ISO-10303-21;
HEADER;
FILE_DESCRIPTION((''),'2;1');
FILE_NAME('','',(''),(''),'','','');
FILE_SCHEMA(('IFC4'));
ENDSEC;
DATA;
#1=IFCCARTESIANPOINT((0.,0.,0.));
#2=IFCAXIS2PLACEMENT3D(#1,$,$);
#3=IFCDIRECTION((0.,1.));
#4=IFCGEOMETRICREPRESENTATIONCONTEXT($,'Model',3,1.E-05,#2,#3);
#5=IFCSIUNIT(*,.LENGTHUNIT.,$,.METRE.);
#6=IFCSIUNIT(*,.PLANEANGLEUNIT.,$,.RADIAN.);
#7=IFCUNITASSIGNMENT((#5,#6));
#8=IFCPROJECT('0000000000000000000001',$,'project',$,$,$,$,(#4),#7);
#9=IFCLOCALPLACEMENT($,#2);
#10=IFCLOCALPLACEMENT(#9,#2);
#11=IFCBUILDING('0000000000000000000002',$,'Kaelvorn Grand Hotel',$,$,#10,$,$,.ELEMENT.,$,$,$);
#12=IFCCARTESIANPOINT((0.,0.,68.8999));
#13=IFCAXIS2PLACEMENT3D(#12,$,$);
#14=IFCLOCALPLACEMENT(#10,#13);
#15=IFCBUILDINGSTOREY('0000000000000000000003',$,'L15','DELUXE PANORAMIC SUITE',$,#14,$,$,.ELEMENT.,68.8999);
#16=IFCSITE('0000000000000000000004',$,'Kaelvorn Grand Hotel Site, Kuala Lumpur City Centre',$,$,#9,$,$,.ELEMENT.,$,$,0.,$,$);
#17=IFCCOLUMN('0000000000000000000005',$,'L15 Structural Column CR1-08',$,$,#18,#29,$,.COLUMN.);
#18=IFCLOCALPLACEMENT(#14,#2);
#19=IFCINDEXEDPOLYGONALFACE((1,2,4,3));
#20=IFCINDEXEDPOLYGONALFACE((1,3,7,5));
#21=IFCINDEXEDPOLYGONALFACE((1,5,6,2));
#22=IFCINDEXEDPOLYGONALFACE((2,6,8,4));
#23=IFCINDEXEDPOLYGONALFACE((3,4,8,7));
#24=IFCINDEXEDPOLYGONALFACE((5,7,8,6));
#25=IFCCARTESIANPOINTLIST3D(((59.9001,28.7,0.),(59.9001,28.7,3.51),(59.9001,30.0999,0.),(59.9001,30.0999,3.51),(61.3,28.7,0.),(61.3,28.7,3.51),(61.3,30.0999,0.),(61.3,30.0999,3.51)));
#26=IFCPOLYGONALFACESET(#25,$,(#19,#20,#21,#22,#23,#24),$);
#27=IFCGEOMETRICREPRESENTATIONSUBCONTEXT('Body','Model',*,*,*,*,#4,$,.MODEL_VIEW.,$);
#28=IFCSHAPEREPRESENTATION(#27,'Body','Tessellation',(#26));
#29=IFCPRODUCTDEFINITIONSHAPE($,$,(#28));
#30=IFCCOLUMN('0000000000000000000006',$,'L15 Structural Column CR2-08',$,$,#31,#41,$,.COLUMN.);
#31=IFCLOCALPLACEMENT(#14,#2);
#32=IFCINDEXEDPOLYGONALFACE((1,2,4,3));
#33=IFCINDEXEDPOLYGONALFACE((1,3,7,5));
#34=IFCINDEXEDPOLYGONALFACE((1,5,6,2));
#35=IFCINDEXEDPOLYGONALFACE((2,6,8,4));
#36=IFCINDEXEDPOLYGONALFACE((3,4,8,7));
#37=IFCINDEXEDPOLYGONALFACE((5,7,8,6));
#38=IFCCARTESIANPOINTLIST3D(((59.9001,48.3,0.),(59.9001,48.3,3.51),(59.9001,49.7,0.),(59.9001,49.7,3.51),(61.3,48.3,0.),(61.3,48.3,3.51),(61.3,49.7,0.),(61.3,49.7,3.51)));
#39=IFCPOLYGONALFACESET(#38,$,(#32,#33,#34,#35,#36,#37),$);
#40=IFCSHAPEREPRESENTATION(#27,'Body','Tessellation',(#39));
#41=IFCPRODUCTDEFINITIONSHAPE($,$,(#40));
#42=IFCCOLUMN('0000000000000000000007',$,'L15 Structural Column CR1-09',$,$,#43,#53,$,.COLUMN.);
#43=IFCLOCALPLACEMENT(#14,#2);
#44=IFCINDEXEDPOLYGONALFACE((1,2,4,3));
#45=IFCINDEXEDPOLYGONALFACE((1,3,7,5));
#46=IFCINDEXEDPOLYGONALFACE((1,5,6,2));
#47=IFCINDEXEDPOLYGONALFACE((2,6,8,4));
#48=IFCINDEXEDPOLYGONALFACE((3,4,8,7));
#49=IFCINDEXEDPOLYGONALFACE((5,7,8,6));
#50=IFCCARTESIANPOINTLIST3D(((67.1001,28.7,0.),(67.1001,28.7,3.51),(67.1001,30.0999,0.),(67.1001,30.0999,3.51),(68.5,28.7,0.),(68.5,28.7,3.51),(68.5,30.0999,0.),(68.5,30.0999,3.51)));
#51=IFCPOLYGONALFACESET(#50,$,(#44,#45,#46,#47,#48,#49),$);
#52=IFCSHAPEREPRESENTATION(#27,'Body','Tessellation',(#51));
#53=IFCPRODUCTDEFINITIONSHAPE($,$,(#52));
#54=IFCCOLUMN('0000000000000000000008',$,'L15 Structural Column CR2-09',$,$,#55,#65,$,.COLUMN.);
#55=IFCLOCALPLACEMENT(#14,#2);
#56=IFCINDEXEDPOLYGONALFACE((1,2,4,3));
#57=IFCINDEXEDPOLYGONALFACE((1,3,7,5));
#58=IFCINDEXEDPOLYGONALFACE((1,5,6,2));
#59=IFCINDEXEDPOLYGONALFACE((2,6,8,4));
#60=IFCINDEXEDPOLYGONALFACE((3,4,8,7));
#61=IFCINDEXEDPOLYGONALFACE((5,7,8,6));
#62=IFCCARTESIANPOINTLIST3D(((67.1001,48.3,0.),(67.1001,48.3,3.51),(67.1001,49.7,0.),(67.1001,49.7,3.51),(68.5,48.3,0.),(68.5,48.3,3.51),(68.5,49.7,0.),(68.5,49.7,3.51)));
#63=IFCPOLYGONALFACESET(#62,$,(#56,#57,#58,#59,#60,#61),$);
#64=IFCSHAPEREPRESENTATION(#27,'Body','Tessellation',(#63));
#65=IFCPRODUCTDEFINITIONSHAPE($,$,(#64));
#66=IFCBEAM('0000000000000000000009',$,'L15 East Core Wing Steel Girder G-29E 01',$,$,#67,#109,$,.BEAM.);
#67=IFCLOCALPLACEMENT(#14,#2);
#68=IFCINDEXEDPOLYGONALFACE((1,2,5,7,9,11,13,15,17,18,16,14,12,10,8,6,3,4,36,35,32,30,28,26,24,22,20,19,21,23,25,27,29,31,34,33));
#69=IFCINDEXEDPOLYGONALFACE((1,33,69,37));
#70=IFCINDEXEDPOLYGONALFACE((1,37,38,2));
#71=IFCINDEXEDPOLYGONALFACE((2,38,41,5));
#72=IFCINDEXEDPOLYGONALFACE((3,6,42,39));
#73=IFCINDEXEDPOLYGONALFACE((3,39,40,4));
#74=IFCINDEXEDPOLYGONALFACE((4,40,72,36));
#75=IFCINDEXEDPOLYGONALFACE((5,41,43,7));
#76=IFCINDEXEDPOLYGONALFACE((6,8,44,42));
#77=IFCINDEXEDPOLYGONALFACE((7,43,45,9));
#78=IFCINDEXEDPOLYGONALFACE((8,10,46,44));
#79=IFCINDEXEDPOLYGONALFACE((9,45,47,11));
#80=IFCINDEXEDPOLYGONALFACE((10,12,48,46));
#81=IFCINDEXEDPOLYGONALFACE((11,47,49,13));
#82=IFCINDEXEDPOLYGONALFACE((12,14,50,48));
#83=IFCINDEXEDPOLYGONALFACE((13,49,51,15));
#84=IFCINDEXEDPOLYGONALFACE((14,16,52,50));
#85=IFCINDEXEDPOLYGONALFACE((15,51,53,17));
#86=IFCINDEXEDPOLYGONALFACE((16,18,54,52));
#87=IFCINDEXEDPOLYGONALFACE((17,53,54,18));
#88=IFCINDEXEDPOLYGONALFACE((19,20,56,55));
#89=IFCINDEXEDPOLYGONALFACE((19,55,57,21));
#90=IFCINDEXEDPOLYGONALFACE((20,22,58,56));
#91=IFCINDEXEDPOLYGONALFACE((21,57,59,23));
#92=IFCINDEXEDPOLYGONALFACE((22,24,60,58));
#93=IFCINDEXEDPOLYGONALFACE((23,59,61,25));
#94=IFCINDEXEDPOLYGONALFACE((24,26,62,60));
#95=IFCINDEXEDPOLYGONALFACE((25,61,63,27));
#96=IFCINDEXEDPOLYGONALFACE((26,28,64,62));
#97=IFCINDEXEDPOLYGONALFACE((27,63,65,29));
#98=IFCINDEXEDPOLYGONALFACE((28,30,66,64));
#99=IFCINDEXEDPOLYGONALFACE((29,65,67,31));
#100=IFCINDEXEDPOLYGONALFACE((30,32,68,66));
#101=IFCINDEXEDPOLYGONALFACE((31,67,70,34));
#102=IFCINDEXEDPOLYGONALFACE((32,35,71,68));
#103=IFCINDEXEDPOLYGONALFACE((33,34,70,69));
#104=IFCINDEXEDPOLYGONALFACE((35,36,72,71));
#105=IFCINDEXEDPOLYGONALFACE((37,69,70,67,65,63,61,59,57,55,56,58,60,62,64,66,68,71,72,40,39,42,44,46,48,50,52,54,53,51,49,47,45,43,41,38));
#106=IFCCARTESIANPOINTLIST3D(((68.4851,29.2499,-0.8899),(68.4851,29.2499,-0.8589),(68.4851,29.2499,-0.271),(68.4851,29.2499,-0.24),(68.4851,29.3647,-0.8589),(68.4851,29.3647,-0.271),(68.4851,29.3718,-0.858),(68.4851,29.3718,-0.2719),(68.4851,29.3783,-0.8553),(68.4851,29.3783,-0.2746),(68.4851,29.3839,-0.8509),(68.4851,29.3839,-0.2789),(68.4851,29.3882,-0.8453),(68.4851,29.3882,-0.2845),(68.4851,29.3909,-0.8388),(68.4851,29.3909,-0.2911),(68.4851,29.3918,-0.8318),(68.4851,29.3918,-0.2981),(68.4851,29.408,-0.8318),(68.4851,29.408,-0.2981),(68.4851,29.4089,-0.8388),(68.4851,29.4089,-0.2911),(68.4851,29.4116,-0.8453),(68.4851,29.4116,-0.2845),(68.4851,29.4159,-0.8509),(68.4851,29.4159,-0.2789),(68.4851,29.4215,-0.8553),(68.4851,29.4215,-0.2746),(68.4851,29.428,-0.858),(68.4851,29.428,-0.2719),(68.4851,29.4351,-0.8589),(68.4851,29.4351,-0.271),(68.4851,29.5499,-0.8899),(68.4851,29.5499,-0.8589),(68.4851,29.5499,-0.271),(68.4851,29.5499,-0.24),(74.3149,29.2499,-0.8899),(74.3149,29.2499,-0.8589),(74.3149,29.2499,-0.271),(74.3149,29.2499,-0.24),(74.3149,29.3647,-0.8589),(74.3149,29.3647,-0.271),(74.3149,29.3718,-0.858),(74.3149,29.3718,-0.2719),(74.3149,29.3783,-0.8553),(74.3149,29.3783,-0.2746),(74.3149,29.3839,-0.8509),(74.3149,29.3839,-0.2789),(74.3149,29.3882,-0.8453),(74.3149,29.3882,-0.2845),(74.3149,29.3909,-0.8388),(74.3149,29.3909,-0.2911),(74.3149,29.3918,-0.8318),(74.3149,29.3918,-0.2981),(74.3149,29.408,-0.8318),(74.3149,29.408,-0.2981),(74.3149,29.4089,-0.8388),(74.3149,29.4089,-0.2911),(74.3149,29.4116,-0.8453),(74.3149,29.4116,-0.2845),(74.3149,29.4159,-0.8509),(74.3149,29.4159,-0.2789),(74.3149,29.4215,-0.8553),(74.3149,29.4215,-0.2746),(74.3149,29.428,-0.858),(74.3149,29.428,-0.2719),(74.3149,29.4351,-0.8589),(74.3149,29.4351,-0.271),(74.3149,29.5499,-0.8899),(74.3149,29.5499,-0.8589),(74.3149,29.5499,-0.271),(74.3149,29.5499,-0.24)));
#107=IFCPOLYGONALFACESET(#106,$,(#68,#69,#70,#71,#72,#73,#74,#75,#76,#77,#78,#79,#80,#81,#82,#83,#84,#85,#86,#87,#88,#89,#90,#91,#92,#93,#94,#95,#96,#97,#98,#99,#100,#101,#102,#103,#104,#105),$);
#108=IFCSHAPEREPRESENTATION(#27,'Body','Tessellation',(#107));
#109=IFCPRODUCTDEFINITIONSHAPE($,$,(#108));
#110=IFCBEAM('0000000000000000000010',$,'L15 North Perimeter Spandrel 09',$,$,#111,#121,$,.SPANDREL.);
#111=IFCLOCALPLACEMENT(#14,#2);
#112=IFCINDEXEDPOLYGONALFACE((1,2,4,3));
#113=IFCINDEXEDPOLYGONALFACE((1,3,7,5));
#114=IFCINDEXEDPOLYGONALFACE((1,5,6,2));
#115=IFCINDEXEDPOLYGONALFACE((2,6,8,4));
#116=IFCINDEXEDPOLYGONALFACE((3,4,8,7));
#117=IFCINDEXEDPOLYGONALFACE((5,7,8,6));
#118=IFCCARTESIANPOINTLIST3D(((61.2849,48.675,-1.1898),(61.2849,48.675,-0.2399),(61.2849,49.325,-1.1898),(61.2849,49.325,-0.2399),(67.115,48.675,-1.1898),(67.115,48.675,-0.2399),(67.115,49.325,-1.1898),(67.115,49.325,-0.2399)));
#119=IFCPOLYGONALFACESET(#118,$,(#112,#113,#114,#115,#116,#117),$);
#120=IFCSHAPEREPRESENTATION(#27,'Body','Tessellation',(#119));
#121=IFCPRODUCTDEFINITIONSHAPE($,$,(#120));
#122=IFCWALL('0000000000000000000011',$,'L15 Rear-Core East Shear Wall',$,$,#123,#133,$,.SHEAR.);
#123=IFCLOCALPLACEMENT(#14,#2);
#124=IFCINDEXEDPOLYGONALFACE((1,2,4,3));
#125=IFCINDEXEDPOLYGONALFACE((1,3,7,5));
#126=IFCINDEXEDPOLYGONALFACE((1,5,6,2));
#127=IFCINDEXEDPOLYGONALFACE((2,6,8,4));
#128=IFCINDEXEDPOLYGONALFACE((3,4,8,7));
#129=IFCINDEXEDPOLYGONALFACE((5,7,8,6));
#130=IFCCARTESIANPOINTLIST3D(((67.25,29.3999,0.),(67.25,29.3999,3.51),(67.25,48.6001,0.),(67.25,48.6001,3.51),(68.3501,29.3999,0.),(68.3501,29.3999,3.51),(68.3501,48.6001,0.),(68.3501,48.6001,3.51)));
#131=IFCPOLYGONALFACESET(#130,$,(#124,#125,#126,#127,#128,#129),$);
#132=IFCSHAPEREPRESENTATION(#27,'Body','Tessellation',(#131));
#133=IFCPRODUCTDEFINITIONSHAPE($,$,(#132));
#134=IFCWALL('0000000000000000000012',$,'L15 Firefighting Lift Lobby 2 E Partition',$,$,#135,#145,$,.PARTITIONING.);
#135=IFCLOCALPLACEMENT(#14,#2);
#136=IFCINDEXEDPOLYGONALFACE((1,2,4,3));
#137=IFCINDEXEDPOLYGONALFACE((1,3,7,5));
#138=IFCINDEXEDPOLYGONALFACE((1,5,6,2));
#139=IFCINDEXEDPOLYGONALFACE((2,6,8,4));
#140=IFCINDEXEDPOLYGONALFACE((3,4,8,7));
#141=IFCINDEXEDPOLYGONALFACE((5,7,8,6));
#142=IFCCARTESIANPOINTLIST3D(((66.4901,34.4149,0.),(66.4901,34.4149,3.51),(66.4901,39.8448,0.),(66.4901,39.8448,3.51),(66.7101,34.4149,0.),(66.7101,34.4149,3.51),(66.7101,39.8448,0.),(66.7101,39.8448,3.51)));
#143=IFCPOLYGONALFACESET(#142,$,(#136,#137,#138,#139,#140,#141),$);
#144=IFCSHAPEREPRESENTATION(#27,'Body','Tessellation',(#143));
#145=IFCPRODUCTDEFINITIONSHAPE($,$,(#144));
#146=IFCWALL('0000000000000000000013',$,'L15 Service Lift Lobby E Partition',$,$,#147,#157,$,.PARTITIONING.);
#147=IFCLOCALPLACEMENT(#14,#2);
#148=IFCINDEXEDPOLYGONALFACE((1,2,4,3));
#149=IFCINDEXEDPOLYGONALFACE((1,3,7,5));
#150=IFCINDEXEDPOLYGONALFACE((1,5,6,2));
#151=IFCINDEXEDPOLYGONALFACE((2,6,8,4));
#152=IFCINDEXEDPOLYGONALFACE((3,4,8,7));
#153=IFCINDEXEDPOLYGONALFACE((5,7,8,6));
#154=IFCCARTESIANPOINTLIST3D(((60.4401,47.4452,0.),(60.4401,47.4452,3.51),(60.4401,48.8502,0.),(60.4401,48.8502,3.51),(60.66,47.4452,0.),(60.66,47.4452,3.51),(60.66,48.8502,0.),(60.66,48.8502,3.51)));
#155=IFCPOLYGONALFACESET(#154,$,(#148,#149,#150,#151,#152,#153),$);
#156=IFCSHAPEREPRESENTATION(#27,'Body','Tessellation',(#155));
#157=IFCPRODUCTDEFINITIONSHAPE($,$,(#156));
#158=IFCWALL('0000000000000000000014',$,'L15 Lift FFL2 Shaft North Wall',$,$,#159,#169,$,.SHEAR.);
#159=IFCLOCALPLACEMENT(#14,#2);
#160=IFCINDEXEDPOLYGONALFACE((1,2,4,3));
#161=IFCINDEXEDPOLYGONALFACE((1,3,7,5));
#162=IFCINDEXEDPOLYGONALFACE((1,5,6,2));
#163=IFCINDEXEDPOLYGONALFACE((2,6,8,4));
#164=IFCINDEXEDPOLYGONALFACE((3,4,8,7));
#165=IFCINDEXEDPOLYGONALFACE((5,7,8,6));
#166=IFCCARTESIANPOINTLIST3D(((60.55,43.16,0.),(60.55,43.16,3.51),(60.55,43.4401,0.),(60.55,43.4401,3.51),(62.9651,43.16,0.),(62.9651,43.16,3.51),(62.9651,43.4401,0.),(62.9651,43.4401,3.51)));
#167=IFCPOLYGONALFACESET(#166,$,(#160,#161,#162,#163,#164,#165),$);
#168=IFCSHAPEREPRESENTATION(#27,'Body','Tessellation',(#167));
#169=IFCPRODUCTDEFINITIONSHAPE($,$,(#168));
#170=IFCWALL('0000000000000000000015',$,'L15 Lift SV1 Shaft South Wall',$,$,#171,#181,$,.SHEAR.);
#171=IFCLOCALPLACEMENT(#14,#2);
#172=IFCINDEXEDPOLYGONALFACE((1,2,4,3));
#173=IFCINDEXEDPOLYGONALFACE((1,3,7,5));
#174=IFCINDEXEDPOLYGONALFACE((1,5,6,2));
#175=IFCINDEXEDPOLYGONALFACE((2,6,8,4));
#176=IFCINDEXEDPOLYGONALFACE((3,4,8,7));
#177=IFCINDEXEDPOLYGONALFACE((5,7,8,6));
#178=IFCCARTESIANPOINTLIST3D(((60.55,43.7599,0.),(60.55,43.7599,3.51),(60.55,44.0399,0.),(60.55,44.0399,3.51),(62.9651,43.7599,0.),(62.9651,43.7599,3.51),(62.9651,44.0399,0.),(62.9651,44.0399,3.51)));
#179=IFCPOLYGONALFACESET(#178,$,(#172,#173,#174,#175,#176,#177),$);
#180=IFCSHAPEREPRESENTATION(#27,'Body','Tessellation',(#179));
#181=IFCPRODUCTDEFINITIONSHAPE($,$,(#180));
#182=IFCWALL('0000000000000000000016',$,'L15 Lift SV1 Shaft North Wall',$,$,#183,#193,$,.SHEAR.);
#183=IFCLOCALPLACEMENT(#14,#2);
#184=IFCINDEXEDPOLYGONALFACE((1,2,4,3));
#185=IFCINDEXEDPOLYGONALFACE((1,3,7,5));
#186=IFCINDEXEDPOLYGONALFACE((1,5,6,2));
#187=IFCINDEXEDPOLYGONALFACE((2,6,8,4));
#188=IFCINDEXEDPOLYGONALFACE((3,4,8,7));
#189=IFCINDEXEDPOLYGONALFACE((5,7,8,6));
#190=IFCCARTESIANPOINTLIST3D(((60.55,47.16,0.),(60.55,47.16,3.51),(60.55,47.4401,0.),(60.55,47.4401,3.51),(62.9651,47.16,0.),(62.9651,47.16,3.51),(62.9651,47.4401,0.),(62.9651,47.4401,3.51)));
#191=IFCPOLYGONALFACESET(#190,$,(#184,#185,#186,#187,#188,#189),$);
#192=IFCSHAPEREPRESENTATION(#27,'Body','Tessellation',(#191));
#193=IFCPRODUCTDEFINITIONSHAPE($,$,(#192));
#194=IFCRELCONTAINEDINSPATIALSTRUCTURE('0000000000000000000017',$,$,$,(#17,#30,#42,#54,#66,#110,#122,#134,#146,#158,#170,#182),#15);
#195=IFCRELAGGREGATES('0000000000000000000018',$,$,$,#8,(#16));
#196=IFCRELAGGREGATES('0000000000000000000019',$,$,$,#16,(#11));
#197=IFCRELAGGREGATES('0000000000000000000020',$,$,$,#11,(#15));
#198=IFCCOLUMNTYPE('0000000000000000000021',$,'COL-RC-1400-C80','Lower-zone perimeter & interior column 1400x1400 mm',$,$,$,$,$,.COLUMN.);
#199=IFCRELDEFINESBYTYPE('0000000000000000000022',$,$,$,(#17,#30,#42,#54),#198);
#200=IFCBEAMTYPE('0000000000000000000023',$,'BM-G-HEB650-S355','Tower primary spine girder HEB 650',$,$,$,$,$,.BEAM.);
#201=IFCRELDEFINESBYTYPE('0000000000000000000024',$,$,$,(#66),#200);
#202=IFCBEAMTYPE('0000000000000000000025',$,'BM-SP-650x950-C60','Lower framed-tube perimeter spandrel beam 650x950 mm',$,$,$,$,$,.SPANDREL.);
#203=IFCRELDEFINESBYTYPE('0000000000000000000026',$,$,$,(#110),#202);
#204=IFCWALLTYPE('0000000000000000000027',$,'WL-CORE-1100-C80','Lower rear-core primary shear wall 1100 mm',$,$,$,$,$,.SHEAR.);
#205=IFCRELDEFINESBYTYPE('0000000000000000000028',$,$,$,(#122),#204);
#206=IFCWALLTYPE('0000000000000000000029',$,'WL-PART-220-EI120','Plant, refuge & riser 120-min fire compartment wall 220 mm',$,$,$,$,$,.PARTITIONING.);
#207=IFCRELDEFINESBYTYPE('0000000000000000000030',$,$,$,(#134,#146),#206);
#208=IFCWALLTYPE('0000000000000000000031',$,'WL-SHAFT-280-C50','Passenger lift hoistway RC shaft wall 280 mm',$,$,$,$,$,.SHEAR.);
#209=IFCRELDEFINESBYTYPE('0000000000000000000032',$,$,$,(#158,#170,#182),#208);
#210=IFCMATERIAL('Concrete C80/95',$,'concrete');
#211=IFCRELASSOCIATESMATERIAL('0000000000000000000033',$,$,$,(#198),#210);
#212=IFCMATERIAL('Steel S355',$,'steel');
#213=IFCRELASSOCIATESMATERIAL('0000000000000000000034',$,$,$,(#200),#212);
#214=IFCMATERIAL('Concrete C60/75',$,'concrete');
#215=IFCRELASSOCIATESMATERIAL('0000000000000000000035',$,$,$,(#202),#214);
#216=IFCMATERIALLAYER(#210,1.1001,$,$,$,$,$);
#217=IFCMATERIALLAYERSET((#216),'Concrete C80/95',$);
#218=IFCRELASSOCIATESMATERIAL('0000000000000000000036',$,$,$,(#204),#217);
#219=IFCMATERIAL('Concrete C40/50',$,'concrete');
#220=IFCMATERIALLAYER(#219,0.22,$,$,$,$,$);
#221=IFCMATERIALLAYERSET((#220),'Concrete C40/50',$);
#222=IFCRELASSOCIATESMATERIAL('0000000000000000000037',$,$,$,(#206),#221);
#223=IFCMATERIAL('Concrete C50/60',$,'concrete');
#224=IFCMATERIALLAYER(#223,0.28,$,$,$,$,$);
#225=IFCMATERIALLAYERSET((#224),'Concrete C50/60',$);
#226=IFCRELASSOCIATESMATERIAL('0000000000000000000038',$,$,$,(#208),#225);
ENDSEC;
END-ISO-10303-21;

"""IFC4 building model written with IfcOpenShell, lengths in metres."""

from ifc_helpers import new_model, si_unit, direction, frame, frame_2d, origin, origin_2d, place, context, subcontext, project, spatial, rectangle, i_section, extrude, material, layer, layer_set, material_profile, profile_set, type_object, element, save


model = new_model("IFC4")

# Units and contexts
model_context = context("Model", 3, precision=1e-05, world=origin(), true_north=direction((0.0, 1.0)))
body_context = subcontext(model_context, "Body", "Model", "MODEL_VIEW")
ifc_project = project(units=[si_unit("LENGTHUNIT", "METRE"), si_unit("PLANEANGLEUNIT", "RADIAN")], contexts=[model_context])

# Site, building, storey
site_placement = place(None, origin())
site = spatial("IfcSite", under=ifc_project, at=site_placement, Name="Kaelvorn Grand Hotel Site, Kuala Lumpur City Centre", CompositionType="ELEMENT", RefElevation=0.0)
building_placement = place(site_placement, origin())
building = spatial("IfcBuilding", under=site, at=building_placement, Name="Kaelvorn Grand Hotel", CompositionType="ELEMENT")
storey_placement = place(building_placement, frame((0.0, 0.0, 68.8999)))
storey = spatial("IfcBuildingStorey", under=building, at=storey_placement, Name="L15", Description="DELUXE PANORAMIC SUITE", CompositionType="ELEMENT", Elevation=68.8999)

# Columns
ifc_material_1 = material(Name="Concrete C80/95", Category="concrete")
ifc_material_profile_1 = material_profile(ifc_material_1, rectangle(XDim=1.3999, YDim=1.3999, at=origin_2d()), Name="RC COL 1400x1400")
ifc_profile_set_1 = profile_set([ifc_material_profile_1], Name="Concrete C80/95")
column_type = type_object("IfcColumnType", Name="COL-RC-1400-C80", Description="Lower-zone perimeter & interior column 1400x1400 mm", PredefinedType="COLUMN", material=ifc_profile_set_1)
for number, where, z_axis, x_axis, name in (
    (1, (60.6001, 29.3999, 0.0), (0.0, 0.0, 1.0), (1.0, 0.0, 0.0), "L15 Structural Column CR1-08"),
    (2, (60.6001, 49.0, 0.0), (0.0, 0.0, 1.0), (1.0, 0.0, 0.0), "L15 Structural Column CR2-08"),
    (3, (67.8, 29.3999, 0.0), (0.0, 0.0, 1.0), (1.0, 0.0, 0.0), "L15 Structural Column CR1-09"),
    (4, (67.8, 49.0, 0.0), (0.0, 0.0, 1.0), (1.0, 0.0, 0.0), "L15 Structural Column CR2-09"),
):
    element("IfcColumn", number, at=place(storey_placement, frame(where, z_axis=z_axis, x_axis=x_axis)), inside=storey, type_object=column_type, Name=name, PredefinedType="COLUMN", context=body_context, shape_type="SweptSolid", body=[
        extrude(rectangle(XDim=1.3999, YDim=1.3999, at=origin_2d()), origin(), (0.0, 0.0, 1.0), 3.51),
    ])

# Beams
ifc_material_2 = material(Name="Steel S355", Category="steel")
ifc_material_profile_2 = material_profile(ifc_material_2, i_section(OverallWidth=0.3, OverallDepth=0.6499, WebThickness=0.0161, FlangeThickness=0.031, FilletRadius=0.0271, at=origin_2d()), Name="HEB 650")
ifc_profile_set_2 = profile_set([ifc_material_profile_2], Name="Steel S355")
beam_type_1 = type_object("IfcBeamType", Name="BM-G-HEB650-S355", Description="Tower primary spine girder HEB 650", PredefinedType="BEAM", material=ifc_profile_set_2)
beam_1_placement = place(storey_placement, frame((68.4851, 29.3999, -0.5649), z_axis=(1.0, 0.0, 0.0), x_axis=(0.0, 1.0, 0.0)))
element("IfcBeam", 5, at=beam_1_placement, inside=storey, type_object=beam_type_1, Name="L15 East Core Wing Steel Girder G-29E 01", PredefinedType="BEAM", context=body_context, shape_type="SweptSolid", body=[
    extrude(i_section(OverallWidth=0.3, OverallDepth=0.6499, WebThickness=0.0161, FlangeThickness=0.031, FilletRadius=0.0271, at=origin_2d()), origin(), (0.0, 0.0, 1.0), 5.8298),
])
ifc_material_3 = material(Name="Concrete C60/75", Category="concrete")
ifc_material_profile_3 = material_profile(ifc_material_3, rectangle(XDim=0.6499, YDim=0.95, at=origin_2d()), Name="RC SPANDREL 650x950")
ifc_profile_set_3 = profile_set([ifc_material_profile_3], Name="Concrete C60/75")
beam_type_2 = type_object("IfcBeamType", Name="BM-SP-650x950-C60", Description="Lower framed-tube perimeter spandrel beam 650x950 mm", PredefinedType="SPANDREL", material=ifc_profile_set_3)
beam_2_placement = place(storey_placement, frame((61.2849, 49.0, -0.7148), z_axis=(1.0, 0.0, 0.0), x_axis=(0.0, 1.0, 0.0)))
element("IfcBeam", 6, at=beam_2_placement, inside=storey, type_object=beam_type_2, Name="L15 North Perimeter Spandrel 09", PredefinedType="SPANDREL", context=body_context, shape_type="SweptSolid", body=[
    extrude(rectangle(XDim=0.6499, YDim=0.95, at=origin_2d()), origin(), (0.0, 0.0, 1.0), 5.8301),
])

# Walls
ifc_layer_1 = layer(ifc_material_1, 1.1001)
ifc_layer_set_1 = layer_set([ifc_layer_1], Name="Concrete C80/95")
wall_type_1 = type_object("IfcWallType", Name="WL-CORE-1100-C80", Description="Lower rear-core primary shear wall 1100 mm", PredefinedType="SHEAR", material=ifc_layer_set_1)
wall_1_placement = place(storey_placement, frame((67.8, 29.3999, 0.0), z_axis=(0.0, 0.0, 1.0), x_axis=(0.0, 1.0, 0.0)))
element("IfcWall", 7, at=wall_1_placement, inside=storey, type_object=wall_type_1, Name="L15 Rear-Core East Shear Wall", PredefinedType="SHEAR", context=body_context, shape_type="SweptSolid", body=[
    extrude(rectangle(XDim=19.2002, YDim=1.1001, at=frame_2d((9.6001, 0.0))), origin(), (0.0, 0.0, 1.0), 3.51),
])
ifc_material_4 = material(Name="Concrete C40/50", Category="concrete")
ifc_layer_2 = layer(ifc_material_4, 0.22)
ifc_layer_set_2 = layer_set([ifc_layer_2], Name="Concrete C40/50")
wall_type_2 = type_object("IfcWallType", Name="WL-PART-220-EI120", Description="Plant, refuge & riser 120-min fire compartment wall 220 mm", PredefinedType="PARTITIONING", material=ifc_layer_set_2)
wall_2_placement = place(storey_placement, frame((66.6001, 34.415, 0.0), z_axis=(0.0, 0.0, 1.0), x_axis=(0.0, 1.0, 0.0)))
element("IfcWall", 8, at=wall_2_placement, inside=storey, type_object=wall_type_2, Name="L15 Firefighting Lift Lobby 2 E Partition", PredefinedType="PARTITIONING", context=body_context, shape_type="SweptSolid", body=[
    extrude(rectangle(XDim=5.4299, YDim=0.22, at=frame_2d((2.7148, 0.0))), origin(), (0.0, 0.0, 1.0), 3.51),
])
wall_3_placement = place(storey_placement, frame((60.55, 47.4451, 0.0), z_axis=(0.0, 0.0, 1.0), x_axis=(0.0, 1.0, 0.0)))
element("IfcWall", 9, at=wall_3_placement, inside=storey, type_object=wall_type_2, Name="L15 Service Lift Lobby E Partition", PredefinedType="PARTITIONING", context=body_context, shape_type="SweptSolid", body=[
    extrude(rectangle(XDim=1.405, YDim=0.22, at=frame_2d((0.7026, 0.0))), origin(), (0.0, 0.0, 1.0), 3.51),
])
ifc_material_5 = material(Name="Concrete C50/60", Category="concrete")
ifc_layer_3 = layer(ifc_material_5, 0.28)
ifc_layer_set_3 = layer_set([ifc_layer_3], Name="Concrete C50/60")
wall_type_3 = type_object("IfcWallType", Name="WL-SHAFT-280-C50", Description="Passenger lift hoistway RC shaft wall 280 mm", PredefinedType="SHEAR", material=ifc_layer_set_3)
for number, where, z_axis, x_axis, name in (
    (10, (60.55, 43.3, 0.0), (0.0, 0.0, 1.0), (1.0, 0.0, 0.0), "L15 Lift FFL2 Shaft North Wall"),
    (11, (60.55, 43.8999, 0.0), (0.0, 0.0, 1.0), (1.0, 0.0, 0.0), "L15 Lift SV1 Shaft South Wall"),
    (12, (60.55, 47.3, 0.0), (0.0, 0.0, 1.0), (1.0, 0.0, 0.0), "L15 Lift SV1 Shaft North Wall"),
):
    element("IfcWall", number, at=place(storey_placement, frame(where, z_axis=z_axis, x_axis=x_axis)), inside=storey, type_object=wall_type_3, Name=name, PredefinedType="SHEAR", context=body_context, shape_type="SweptSolid", body=[
        extrude(rectangle(XDim=2.415, YDim=0.28, at=frame_2d((1.2075, 0.0))), origin(), (0.0, 0.0, 1.0), 3.51),
    ])

save(model, "model.ifc")
